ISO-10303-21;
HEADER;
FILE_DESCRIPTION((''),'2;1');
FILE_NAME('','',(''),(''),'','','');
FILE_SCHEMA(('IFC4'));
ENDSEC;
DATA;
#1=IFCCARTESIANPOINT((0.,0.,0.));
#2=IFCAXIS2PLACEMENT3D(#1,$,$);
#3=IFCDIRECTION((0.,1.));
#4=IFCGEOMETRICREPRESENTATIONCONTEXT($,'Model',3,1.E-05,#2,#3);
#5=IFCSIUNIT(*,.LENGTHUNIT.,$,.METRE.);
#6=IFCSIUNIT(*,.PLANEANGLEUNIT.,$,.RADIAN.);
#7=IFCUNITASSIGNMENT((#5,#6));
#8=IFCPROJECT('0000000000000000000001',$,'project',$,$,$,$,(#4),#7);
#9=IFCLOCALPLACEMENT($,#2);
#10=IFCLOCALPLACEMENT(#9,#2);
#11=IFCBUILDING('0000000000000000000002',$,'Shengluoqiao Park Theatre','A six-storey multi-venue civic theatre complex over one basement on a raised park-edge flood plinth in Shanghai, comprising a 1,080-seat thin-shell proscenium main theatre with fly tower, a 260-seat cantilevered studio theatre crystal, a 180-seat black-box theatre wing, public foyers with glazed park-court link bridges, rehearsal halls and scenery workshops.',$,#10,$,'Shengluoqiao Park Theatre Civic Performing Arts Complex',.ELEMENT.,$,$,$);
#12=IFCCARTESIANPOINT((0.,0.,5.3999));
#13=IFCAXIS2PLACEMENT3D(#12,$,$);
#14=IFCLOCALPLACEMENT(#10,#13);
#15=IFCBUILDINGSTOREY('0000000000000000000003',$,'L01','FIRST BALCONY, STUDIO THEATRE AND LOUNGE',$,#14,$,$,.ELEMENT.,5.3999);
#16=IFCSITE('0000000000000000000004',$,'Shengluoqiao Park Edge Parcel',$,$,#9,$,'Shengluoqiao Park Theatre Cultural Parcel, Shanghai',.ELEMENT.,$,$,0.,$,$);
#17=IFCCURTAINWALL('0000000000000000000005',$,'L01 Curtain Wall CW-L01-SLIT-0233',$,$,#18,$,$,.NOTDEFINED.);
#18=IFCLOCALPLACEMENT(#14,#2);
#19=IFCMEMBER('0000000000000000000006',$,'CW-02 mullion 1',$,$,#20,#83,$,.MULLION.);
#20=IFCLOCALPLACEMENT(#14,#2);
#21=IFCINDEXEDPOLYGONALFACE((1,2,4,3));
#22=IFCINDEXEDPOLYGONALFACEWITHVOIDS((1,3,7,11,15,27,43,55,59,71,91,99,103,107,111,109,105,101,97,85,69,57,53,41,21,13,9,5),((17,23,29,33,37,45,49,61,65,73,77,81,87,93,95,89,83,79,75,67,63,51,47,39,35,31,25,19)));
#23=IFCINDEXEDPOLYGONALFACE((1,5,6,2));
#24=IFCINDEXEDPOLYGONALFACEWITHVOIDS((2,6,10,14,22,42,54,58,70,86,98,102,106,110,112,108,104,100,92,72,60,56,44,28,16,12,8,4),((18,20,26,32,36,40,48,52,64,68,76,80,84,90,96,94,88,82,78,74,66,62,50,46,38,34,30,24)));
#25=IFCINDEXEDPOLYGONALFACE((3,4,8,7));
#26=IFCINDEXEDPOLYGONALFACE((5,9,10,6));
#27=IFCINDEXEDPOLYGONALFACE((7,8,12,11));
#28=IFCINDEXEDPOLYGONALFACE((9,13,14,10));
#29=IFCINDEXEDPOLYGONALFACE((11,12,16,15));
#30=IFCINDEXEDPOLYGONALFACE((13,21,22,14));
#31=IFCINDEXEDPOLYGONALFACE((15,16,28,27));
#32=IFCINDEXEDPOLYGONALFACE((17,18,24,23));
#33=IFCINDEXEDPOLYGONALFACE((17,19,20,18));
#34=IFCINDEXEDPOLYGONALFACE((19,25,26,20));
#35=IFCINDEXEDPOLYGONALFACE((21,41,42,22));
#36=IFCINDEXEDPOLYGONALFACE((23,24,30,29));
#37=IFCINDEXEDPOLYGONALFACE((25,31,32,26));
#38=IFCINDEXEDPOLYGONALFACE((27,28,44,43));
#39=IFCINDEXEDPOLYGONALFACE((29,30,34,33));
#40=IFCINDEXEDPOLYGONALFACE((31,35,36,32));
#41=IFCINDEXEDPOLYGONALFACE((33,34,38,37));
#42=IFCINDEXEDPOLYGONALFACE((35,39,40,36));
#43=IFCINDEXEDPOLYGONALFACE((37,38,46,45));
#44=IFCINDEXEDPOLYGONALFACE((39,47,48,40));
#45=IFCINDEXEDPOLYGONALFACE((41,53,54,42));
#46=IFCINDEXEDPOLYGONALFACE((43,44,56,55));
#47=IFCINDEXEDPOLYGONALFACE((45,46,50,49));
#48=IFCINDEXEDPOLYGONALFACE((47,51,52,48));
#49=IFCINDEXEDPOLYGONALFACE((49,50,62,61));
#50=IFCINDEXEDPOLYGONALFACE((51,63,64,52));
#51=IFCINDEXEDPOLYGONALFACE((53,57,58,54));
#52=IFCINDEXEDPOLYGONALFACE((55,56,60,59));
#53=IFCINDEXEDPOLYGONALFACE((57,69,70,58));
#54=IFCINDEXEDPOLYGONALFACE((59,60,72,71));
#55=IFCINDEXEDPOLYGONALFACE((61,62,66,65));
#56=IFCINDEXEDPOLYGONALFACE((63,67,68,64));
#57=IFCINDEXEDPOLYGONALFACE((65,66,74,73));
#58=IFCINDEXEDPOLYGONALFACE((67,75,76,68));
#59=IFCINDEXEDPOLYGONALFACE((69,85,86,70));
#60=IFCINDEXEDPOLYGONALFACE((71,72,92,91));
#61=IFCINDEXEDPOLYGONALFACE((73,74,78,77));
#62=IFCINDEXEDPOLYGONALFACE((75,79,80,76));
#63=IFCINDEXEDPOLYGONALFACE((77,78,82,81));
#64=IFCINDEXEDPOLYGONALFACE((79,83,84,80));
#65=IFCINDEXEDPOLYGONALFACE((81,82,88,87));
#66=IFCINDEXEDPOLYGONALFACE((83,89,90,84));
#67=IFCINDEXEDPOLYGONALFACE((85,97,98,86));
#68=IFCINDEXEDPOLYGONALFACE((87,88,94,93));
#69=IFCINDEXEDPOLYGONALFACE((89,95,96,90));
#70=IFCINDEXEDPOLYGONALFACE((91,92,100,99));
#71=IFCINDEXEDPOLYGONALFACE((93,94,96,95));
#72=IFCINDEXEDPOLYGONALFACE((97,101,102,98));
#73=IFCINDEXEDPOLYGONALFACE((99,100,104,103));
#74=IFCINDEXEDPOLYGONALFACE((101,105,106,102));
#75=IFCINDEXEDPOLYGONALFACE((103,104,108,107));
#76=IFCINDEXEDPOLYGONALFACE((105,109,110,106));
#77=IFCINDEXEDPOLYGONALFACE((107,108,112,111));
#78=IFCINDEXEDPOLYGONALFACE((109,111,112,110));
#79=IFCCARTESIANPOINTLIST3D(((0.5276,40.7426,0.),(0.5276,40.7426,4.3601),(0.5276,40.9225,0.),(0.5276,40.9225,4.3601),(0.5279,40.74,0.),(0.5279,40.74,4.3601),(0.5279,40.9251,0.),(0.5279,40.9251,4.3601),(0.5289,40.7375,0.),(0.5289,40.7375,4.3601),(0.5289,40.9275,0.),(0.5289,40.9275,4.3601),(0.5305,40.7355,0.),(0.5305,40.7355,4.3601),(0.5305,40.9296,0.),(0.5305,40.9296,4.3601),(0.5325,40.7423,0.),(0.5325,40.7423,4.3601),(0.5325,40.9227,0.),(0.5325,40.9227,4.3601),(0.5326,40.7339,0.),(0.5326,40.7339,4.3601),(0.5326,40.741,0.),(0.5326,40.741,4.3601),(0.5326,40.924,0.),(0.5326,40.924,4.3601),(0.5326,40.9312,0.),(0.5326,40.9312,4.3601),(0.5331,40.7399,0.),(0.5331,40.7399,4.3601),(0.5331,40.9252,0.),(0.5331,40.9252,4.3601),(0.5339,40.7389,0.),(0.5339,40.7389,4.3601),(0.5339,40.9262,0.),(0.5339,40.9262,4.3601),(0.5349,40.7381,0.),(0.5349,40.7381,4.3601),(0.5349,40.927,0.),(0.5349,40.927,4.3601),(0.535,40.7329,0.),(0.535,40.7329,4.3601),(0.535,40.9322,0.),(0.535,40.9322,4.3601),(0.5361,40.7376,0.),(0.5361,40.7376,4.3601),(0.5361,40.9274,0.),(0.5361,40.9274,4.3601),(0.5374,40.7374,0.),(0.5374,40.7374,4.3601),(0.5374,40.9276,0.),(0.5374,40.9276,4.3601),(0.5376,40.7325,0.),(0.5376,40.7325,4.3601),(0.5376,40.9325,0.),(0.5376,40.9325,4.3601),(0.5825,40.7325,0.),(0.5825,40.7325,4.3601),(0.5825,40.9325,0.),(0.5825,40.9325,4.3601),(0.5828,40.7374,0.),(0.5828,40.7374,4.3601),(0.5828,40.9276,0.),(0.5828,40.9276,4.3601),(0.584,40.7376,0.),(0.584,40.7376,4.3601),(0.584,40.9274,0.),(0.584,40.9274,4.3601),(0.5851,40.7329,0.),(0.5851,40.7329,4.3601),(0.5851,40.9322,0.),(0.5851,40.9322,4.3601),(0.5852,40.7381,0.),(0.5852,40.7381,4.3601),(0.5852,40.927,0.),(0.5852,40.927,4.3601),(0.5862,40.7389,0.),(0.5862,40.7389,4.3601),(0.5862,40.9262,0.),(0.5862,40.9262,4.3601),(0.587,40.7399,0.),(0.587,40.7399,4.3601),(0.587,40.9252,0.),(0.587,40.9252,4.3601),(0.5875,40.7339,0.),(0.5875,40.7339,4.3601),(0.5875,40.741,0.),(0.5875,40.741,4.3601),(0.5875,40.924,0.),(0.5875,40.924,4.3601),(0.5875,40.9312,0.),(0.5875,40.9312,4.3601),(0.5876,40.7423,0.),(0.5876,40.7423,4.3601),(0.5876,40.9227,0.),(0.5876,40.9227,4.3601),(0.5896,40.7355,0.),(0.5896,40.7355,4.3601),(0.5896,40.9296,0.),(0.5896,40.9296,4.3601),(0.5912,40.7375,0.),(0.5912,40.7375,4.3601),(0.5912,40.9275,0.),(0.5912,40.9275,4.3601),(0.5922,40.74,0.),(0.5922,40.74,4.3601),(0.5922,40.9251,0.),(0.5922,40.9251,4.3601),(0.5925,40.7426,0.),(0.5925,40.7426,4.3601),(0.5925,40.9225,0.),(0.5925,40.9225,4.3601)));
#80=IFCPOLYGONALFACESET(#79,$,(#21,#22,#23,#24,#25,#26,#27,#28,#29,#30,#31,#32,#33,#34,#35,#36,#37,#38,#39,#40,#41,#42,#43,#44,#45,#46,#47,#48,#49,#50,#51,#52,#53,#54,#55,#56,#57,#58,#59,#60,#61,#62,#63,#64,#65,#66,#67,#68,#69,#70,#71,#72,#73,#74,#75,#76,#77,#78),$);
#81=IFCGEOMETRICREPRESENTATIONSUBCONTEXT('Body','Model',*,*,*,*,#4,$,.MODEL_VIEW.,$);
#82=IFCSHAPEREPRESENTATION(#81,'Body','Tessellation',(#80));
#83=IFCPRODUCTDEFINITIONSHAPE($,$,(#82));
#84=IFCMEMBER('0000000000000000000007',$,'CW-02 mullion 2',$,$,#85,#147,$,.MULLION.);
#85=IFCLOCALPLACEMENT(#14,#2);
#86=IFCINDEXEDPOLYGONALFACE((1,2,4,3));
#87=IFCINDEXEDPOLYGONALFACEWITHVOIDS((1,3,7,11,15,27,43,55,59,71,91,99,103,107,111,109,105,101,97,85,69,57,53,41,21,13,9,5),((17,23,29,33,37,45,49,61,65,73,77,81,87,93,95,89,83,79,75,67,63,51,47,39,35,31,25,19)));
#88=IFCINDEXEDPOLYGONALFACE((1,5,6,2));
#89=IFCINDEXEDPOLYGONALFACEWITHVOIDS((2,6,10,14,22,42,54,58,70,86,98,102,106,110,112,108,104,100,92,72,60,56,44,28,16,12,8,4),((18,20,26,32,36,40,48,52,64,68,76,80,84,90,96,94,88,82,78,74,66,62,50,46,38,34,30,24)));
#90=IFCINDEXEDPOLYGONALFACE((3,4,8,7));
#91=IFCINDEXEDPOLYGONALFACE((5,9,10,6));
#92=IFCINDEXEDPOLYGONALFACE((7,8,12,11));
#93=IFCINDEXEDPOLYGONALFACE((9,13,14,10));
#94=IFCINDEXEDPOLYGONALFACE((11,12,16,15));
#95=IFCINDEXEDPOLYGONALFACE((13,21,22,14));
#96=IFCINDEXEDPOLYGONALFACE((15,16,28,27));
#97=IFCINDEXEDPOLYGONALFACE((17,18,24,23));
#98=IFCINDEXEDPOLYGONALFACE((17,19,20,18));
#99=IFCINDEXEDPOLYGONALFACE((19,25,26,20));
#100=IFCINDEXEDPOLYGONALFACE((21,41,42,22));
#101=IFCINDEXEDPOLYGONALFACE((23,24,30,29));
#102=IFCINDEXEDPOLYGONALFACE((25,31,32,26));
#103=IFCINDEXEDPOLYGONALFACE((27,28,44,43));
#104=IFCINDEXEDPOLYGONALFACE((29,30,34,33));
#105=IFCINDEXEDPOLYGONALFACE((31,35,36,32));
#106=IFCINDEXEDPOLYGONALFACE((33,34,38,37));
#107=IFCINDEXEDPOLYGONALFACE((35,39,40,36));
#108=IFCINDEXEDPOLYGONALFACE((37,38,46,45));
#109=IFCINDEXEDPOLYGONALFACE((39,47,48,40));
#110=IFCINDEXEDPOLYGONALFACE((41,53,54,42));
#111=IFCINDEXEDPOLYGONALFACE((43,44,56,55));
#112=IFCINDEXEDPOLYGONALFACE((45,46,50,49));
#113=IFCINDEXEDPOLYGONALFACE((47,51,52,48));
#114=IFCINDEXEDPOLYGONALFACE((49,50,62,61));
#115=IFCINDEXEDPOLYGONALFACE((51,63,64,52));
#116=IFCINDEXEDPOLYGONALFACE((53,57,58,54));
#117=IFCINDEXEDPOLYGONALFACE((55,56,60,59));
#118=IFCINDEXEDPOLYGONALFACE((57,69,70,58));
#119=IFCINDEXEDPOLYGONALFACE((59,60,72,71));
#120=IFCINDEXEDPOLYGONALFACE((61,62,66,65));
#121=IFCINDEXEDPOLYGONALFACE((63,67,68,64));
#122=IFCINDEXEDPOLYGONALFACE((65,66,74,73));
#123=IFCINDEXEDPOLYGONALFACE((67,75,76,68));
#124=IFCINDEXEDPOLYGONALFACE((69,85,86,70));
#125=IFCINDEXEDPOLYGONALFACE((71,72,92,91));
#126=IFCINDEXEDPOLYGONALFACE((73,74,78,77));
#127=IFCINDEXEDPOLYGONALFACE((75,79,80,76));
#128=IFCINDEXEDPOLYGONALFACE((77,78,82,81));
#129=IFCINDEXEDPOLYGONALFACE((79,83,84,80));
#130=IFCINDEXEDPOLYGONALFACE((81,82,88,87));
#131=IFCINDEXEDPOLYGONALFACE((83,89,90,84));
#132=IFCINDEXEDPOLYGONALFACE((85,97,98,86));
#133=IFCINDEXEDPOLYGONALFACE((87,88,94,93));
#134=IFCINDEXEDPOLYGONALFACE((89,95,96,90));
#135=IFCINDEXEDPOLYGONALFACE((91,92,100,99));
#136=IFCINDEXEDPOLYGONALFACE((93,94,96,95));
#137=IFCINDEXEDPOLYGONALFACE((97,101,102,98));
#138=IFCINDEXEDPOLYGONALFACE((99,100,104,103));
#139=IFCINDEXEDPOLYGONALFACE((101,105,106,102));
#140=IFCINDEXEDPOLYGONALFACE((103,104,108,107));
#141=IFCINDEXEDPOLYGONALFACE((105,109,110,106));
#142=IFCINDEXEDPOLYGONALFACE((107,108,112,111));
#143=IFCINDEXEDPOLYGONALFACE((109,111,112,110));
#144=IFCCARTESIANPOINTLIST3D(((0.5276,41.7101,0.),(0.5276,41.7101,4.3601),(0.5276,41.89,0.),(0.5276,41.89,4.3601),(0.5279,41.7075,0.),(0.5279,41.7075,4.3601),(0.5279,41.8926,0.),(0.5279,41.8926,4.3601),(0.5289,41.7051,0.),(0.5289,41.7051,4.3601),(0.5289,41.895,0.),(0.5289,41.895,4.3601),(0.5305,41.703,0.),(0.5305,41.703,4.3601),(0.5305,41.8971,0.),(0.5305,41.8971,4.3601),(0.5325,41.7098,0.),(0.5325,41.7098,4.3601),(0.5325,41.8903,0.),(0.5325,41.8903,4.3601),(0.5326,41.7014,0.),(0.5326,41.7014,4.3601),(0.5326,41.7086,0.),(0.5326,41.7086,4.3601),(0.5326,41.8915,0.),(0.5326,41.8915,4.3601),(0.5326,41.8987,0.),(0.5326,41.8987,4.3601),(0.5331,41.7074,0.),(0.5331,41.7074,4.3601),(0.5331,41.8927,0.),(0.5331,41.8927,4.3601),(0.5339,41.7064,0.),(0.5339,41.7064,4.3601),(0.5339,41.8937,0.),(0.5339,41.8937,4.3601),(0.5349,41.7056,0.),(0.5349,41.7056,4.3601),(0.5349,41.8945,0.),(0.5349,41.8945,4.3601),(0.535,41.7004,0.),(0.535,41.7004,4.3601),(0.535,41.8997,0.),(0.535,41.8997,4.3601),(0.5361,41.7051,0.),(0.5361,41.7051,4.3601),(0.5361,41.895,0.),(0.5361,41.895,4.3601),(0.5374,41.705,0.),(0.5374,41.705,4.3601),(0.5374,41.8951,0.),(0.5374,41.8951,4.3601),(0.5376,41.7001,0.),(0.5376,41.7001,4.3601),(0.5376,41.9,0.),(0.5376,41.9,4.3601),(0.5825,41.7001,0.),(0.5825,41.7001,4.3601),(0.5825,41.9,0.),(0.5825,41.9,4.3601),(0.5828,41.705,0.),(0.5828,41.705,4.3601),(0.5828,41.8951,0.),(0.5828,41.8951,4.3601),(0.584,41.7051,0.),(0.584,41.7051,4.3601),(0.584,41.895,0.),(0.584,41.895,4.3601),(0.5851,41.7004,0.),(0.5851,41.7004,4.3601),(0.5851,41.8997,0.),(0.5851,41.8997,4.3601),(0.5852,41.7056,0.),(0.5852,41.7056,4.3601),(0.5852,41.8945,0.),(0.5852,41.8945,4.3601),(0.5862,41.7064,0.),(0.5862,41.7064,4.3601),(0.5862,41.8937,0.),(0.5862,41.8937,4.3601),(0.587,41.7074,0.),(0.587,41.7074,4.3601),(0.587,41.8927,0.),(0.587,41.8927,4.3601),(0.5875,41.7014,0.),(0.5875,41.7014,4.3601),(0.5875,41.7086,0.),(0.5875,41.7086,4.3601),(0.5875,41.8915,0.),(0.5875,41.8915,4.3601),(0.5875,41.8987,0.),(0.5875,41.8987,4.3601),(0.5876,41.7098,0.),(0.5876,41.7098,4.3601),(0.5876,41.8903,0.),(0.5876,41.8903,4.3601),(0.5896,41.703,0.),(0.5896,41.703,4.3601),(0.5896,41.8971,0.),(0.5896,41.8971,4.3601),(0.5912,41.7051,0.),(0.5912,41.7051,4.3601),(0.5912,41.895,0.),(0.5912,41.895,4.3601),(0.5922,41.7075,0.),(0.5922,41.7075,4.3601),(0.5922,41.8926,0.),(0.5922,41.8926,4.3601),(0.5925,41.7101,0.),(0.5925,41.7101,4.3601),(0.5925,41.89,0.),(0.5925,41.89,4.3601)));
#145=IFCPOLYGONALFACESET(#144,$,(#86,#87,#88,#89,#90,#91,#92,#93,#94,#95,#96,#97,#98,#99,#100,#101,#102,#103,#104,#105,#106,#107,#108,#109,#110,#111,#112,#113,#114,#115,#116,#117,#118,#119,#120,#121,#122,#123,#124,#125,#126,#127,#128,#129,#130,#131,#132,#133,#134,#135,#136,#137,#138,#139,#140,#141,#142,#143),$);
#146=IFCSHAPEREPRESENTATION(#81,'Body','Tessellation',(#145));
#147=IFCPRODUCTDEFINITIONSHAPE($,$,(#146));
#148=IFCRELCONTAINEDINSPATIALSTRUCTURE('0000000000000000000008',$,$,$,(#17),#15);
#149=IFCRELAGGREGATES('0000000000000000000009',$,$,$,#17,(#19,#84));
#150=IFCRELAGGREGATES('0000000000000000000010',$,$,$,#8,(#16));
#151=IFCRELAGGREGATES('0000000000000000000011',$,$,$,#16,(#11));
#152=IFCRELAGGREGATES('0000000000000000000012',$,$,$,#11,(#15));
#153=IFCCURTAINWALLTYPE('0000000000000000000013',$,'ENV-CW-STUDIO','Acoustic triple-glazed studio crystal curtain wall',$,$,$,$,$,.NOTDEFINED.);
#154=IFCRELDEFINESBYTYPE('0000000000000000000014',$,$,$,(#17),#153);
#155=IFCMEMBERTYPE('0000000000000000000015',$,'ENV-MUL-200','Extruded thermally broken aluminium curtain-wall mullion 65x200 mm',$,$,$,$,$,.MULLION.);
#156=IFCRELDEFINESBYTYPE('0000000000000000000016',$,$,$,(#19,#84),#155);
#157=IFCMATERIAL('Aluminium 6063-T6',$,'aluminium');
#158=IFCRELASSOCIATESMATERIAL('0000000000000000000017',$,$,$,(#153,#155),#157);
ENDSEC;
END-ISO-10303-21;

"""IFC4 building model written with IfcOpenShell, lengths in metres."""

from ifc_helpers import new_model, si_unit, direction, frame, origin, origin_2d, place, context, subcontext, project, spatial, hollow_rectangle, extrude, material, material_profile, profile_set, type_object, element, aggregate, save


model = new_model("IFC4")

# Units and contexts
model_context = context("Model", 3, precision=1e-05, world=origin(), true_north=direction((0.0, 1.0)))
body_context = subcontext(model_context, "Body", "Model", "MODEL_VIEW")
ifc_project = project(units=[si_unit("LENGTHUNIT", "METRE"), si_unit("PLANEANGLEUNIT", "RADIAN")], contexts=[model_context])

# Site, building, storey
site_placement = place(None, origin())
site = spatial("IfcSite", under=ifc_project, at=site_placement, Name="Shengluoqiao Park Edge Parcel", LongName="Shengluoqiao Park Theatre Cultural Parcel, Shanghai", CompositionType="ELEMENT", RefElevation=0.0)
building_placement = place(site_placement, origin())
building = spatial("IfcBuilding", under=site, at=building_placement, Name="Shengluoqiao Park Theatre", Description="A six-storey multi-venue civic theatre complex over one basement on a raised park-edge flood plinth in Shanghai, comprising a 1,080-seat thin-shell proscenium main theatre with fly tower, a 260-seat cantilevered studio theatre crystal, a 180-seat black-box theatre wing, public foyers with glazed park-court link bridges, rehearsal halls and scenery workshops.", LongName="Shengluoqiao Park Theatre Civic Performing Arts Complex", CompositionType="ELEMENT")
storey_placement = place(building_placement, frame((0.0, 0.0, 5.3999)))
storey = spatial("IfcBuildingStorey", under=building, at=storey_placement, Name="L01", Description="FIRST BALCONY, STUDIO THEATRE AND LOUNGE", CompositionType="ELEMENT", Elevation=5.3999)

# Curtain wall, members
ifc_material_1 = material(Name="Aluminium 6063-T6", Category="aluminium")
curtain_wall_type = type_object("IfcCurtainWallType", Name="ENV-CW-STUDIO", Description="Acoustic triple-glazed studio crystal curtain wall", PredefinedType="NOTDEFINED", material=ifc_material_1)
curtain_wall_placement = place(storey_placement, origin())
curtain_wall = element("IfcCurtainWall", 1, at=curtain_wall_placement, inside=storey, type_object=curtain_wall_type, Name="L01 Curtain Wall CW-L01-SLIT-0233", PredefinedType="NOTDEFINED")
ifc_material_profile_1 = material_profile(ifc_material_1, hollow_rectangle(XDim=0.0649, YDim=0.2, WallThickness=0.0049, InnerFilletRadius=0.0049, OuterFilletRadius=0.01, at=origin_2d()), Name="ALU MULLION 200x65x5")
ifc_profile_set_1 = profile_set([ifc_material_profile_1], Name="Aluminium 6063-T6")
member_type_1 = type_object("IfcMemberType", Name="ENV-MUL-200", Description="Extruded thermally broken aluminium curtain-wall mullion 65x200 mm", PredefinedType="MULLION", material=ifc_profile_set_1)
member_1_placement = place(storey_placement, frame((0.5601, 40.8325, 0.0), z_axis=(0.0, 0.0, 1.0), x_axis=(-1.0, 0.0, 0.0)))
member_1 = element("IfcMember", 2, at=member_1_placement, type_object=member_type_1, Name="CW-02 mullion 1", PredefinedType="MULLION", context=body_context, shape_type="SweptSolid", body=[
    extrude(hollow_rectangle(XDim=0.0649, YDim=0.2, WallThickness=0.0049, InnerFilletRadius=0.0049, OuterFilletRadius=0.01, at=origin_2d()), origin(), (0.0, 0.0, 1.0), 4.3601),
])
member_2_placement = place(storey_placement, frame((0.5601, 41.8, 0.0), z_axis=(0.0, 0.0, 1.0), x_axis=(-1.0, 0.0, 0.0)))
member_2 = element("IfcMember", 3, at=member_2_placement, type_object=member_type_1, Name="CW-02 mullion 2", PredefinedType="MULLION", context=body_context, shape_type="SweptSolid", body=[
    extrude(hollow_rectangle(XDim=0.0649, YDim=0.2, WallThickness=0.0049, InnerFilletRadius=0.0049, OuterFilletRadius=0.01, at=origin_2d()), origin(), (0.0, 0.0, 1.0), 4.3601),
])

aggregate(curtain_wall, [member_1, member_2])

save(model, "model.ifc")
